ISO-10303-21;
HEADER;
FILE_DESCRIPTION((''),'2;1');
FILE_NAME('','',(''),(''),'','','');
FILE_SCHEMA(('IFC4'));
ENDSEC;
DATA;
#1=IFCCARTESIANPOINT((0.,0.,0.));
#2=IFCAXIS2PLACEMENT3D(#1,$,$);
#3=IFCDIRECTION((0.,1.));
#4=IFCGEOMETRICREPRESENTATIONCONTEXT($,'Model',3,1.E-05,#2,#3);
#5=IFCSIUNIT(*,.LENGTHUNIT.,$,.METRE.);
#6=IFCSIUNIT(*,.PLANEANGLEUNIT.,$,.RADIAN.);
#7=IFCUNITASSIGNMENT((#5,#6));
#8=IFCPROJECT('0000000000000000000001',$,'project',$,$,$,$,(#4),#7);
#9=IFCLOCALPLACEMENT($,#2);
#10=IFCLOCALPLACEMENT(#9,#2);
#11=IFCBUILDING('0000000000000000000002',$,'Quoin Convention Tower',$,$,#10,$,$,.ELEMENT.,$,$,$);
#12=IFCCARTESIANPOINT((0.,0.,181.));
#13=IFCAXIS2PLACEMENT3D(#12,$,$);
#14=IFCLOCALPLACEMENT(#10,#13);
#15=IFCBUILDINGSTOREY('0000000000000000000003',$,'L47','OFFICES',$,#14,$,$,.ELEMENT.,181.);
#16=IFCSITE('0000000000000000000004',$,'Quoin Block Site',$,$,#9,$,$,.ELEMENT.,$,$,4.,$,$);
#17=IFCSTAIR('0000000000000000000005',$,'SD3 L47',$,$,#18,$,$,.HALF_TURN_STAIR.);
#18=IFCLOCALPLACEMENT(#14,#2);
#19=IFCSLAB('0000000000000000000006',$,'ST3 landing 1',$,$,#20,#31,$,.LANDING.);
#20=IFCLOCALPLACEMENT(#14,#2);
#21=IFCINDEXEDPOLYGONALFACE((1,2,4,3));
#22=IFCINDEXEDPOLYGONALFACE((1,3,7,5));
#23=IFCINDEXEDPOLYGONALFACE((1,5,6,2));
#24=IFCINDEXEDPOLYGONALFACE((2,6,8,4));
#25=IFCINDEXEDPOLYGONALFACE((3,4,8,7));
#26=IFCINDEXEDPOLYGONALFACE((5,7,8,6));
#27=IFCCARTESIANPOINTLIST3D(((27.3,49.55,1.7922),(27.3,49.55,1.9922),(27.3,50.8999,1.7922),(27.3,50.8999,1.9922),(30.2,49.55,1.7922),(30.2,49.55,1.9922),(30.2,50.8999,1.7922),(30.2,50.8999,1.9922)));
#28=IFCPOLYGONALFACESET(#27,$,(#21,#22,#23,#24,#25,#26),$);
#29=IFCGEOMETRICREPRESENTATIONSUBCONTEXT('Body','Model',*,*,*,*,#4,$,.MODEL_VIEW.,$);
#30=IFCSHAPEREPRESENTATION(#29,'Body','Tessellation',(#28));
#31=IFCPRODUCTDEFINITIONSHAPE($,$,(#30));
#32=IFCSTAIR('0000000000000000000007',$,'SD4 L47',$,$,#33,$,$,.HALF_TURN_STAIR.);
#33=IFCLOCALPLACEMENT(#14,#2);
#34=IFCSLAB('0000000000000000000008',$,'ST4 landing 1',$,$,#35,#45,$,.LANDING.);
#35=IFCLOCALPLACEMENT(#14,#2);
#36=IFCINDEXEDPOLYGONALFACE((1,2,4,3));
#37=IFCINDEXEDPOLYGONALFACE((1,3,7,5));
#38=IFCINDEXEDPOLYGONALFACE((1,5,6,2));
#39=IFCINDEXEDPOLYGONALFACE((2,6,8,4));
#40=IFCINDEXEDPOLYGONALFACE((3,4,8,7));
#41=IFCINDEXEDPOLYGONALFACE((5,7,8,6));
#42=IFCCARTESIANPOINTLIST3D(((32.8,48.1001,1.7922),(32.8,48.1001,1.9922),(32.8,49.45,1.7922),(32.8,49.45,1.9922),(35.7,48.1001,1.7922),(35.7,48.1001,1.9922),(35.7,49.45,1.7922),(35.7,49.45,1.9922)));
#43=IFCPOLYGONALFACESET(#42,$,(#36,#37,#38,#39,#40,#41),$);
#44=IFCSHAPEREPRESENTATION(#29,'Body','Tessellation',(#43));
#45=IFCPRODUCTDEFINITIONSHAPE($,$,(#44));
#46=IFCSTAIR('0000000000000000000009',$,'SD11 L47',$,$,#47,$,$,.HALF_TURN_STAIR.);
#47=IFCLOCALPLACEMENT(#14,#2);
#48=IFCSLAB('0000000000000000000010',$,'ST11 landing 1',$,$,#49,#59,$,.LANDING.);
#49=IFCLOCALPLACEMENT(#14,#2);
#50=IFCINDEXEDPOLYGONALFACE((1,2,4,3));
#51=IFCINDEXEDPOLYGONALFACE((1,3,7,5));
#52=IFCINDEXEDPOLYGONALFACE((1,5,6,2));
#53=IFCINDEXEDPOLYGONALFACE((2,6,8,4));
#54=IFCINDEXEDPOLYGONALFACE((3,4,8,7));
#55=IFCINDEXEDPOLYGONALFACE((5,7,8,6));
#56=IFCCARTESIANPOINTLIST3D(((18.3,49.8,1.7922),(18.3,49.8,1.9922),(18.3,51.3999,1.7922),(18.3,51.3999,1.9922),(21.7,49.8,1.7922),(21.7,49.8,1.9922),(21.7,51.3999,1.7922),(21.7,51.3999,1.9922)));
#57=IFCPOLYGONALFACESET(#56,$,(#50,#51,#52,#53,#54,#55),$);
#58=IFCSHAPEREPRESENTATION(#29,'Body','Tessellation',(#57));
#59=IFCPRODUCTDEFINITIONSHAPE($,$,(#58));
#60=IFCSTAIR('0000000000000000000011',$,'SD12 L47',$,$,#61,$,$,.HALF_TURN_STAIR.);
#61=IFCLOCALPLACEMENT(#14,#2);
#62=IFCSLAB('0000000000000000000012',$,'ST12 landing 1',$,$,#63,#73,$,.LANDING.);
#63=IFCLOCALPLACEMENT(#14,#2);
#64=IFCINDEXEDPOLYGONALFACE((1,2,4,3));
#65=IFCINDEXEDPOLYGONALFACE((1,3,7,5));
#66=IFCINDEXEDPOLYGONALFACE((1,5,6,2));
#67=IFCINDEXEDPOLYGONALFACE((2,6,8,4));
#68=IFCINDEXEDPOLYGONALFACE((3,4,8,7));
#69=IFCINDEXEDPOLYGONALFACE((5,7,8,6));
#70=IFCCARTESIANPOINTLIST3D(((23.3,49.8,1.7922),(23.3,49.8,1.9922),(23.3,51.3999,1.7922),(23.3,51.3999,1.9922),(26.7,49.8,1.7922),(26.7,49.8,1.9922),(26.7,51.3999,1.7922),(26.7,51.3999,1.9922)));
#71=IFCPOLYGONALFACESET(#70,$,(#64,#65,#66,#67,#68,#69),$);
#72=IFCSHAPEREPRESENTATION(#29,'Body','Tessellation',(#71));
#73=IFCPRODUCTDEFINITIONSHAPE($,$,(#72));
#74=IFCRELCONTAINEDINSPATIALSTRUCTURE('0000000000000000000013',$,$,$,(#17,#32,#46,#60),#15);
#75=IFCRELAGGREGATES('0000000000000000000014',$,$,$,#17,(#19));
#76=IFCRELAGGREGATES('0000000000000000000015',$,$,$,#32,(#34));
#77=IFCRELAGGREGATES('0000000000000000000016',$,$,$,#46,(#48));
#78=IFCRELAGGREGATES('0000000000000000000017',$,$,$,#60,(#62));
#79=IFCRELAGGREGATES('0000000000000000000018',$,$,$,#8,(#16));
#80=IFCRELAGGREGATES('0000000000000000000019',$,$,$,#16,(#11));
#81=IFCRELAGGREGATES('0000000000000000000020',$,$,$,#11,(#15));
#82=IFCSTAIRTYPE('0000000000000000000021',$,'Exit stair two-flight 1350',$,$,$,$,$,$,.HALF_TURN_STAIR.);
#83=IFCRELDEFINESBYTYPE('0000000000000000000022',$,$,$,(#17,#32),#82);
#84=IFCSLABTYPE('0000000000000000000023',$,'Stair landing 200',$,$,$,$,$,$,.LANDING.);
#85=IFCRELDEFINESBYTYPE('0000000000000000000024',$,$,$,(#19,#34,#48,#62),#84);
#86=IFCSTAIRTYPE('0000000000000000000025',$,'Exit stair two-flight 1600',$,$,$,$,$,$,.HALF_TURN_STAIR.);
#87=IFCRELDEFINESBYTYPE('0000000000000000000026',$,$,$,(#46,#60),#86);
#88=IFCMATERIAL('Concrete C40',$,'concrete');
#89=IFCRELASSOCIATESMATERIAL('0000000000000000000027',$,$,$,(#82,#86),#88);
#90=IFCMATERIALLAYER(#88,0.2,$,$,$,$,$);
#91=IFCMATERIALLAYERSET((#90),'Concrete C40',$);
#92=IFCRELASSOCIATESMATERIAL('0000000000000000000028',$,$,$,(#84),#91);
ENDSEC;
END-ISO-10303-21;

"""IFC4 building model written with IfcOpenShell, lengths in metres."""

from ifc_helpers import new_model, si_unit, direction, frame, origin, place, context, subcontext, project, spatial, polyline, outline, extrude, material, layer, layer_set, type_object, element, aggregate, save


model = new_model("IFC4")

# Units and contexts
model_context = context("Model", 3, precision=1e-05, world=origin(), true_north=direction((0.0, 1.0)))
body_context = subcontext(model_context, "Body", "Model", "MODEL_VIEW")
ifc_project = project(units=[si_unit("LENGTHUNIT", "METRE"), si_unit("PLANEANGLEUNIT", "RADIAN")], contexts=[model_context])

# Site, building, storey
site_placement = place(None, origin())
site = spatial("IfcSite", under=ifc_project, at=site_placement, Name="Quoin Block Site", CompositionType="ELEMENT", RefElevation=4.0)
building_placement = place(site_placement, origin())
building = spatial("IfcBuilding", under=site, at=building_placement, Name="Quoin Convention Tower", CompositionType="ELEMENT")
storey_placement = place(building_placement, frame((0.0, 0.0, 181.0)))
storey = spatial("IfcBuildingStorey", under=building, at=storey_placement, Name="L47", Description="OFFICES", CompositionType="ELEMENT", Elevation=181.0)

# Shared definitions
ifc_material_1 = material(Name="Concrete C40", Category="concrete")

# Stairs, slabs
stair_type_1 = type_object("IfcStairType", Name="Exit stair two-flight 1350", PredefinedType="HALF_TURN_STAIR", material=ifc_material_1)
ifc_layer_1 = layer(ifc_material_1, 0.2)
ifc_layer_set_1 = layer_set([ifc_layer_1], Name="Concrete C40")
slab_type_1 = type_object("IfcSlabType", Name="Stair landing 200", PredefinedType="LANDING", material=ifc_layer_set_1)
stair_1_placement = place(storey_placement, origin())
stair_1 = element("IfcStair", 1, at=stair_1_placement, inside=storey, type_object=stair_type_1, Name="SD3 L47", PredefinedType="HALF_TURN_STAIR")
slab_1_placement = place(storey_placement, frame((0.0, 0.0, 1.7922)))
slab_1 = element("IfcSlab", 2, at=slab_1_placement, type_object=slab_type_1, Name="ST3 landing 1", PredefinedType="LANDING", context=body_context, shape_type="SweptSolid", body=[
    extrude(outline(polyline([(27.3, 49.55), (30.2, 49.55), (30.2, 50.8999), (27.3, 50.8999), (27.3, 49.55)])), origin(), (0.0, 0.0, 1.0), 0.2),
])
aggregate(stair_1, [slab_1])
stair_2_placement = place(storey_placement, origin())
stair_2 = element("IfcStair", 3, at=stair_2_placement, inside=storey, type_object=stair_type_1, Name="SD4 L47", PredefinedType="HALF_TURN_STAIR")
slab_2_placement = place(storey_placement, frame((0.0, 0.0, 1.7922)))
slab_2 = element("IfcSlab", 4, at=slab_2_placement, type_object=slab_type_1, Name="ST4 landing 1", PredefinedType="LANDING", context=body_context, shape_type="SweptSolid", body=[
    extrude(outline(polyline([(35.7, 49.45), (32.8, 49.45), (32.8, 48.1001), (35.7, 48.1001), (35.7, 49.45)])), origin(), (0.0, 0.0, 1.0), 0.2),
])
aggregate(stair_2, [slab_2])
stair_type_2 = type_object("IfcStairType", Name="Exit stair two-flight 1600", PredefinedType="HALF_TURN_STAIR", material=ifc_material_1)
stair_3_placement = place(storey_placement, origin())
stair_3 = element("IfcStair", 5, at=stair_3_placement, inside=storey, type_object=stair_type_2, Name="SD11 L47", PredefinedType="HALF_TURN_STAIR")
slab_3_placement = place(storey_placement, frame((0.0, 0.0, 1.7922)))
slab_3 = element("IfcSlab", 6, at=slab_3_placement, type_object=slab_type_1, Name="ST11 landing 1", PredefinedType="LANDING", context=body_context, shape_type="SweptSolid", body=[
    extrude(outline(polyline([(21.7, 51.3999), (18.3, 51.3999), (18.3, 49.8), (21.7, 49.8), (21.7, 51.3999)])), origin(), (0.0, 0.0, 1.0), 0.2),
])
aggregate(stair_3, [slab_3])
stair_4_placement = place(storey_placement, origin())
stair_4 = element("IfcStair", 7, at=stair_4_placement, inside=storey, type_object=stair_type_2, Name="SD12 L47", PredefinedType="HALF_TURN_STAIR")
slab_4_placement = place(storey_placement, frame((0.0, 0.0, 1.7922)))
slab_4 = element("IfcSlab", 8, at=slab_4_placement, type_object=slab_type_1, Name="ST12 landing 1", PredefinedType="LANDING", context=body_context, shape_type="SweptSolid", body=[
    extrude(outline(polyline([(26.7, 51.3999), (23.3, 51.3999), (23.3, 49.8), (26.7, 49.8), (26.7, 51.3999)])), origin(), (0.0, 0.0, 1.0), 0.2),
])
aggregate(stair_4, [slab_4])

save(model, "model.ifc")
